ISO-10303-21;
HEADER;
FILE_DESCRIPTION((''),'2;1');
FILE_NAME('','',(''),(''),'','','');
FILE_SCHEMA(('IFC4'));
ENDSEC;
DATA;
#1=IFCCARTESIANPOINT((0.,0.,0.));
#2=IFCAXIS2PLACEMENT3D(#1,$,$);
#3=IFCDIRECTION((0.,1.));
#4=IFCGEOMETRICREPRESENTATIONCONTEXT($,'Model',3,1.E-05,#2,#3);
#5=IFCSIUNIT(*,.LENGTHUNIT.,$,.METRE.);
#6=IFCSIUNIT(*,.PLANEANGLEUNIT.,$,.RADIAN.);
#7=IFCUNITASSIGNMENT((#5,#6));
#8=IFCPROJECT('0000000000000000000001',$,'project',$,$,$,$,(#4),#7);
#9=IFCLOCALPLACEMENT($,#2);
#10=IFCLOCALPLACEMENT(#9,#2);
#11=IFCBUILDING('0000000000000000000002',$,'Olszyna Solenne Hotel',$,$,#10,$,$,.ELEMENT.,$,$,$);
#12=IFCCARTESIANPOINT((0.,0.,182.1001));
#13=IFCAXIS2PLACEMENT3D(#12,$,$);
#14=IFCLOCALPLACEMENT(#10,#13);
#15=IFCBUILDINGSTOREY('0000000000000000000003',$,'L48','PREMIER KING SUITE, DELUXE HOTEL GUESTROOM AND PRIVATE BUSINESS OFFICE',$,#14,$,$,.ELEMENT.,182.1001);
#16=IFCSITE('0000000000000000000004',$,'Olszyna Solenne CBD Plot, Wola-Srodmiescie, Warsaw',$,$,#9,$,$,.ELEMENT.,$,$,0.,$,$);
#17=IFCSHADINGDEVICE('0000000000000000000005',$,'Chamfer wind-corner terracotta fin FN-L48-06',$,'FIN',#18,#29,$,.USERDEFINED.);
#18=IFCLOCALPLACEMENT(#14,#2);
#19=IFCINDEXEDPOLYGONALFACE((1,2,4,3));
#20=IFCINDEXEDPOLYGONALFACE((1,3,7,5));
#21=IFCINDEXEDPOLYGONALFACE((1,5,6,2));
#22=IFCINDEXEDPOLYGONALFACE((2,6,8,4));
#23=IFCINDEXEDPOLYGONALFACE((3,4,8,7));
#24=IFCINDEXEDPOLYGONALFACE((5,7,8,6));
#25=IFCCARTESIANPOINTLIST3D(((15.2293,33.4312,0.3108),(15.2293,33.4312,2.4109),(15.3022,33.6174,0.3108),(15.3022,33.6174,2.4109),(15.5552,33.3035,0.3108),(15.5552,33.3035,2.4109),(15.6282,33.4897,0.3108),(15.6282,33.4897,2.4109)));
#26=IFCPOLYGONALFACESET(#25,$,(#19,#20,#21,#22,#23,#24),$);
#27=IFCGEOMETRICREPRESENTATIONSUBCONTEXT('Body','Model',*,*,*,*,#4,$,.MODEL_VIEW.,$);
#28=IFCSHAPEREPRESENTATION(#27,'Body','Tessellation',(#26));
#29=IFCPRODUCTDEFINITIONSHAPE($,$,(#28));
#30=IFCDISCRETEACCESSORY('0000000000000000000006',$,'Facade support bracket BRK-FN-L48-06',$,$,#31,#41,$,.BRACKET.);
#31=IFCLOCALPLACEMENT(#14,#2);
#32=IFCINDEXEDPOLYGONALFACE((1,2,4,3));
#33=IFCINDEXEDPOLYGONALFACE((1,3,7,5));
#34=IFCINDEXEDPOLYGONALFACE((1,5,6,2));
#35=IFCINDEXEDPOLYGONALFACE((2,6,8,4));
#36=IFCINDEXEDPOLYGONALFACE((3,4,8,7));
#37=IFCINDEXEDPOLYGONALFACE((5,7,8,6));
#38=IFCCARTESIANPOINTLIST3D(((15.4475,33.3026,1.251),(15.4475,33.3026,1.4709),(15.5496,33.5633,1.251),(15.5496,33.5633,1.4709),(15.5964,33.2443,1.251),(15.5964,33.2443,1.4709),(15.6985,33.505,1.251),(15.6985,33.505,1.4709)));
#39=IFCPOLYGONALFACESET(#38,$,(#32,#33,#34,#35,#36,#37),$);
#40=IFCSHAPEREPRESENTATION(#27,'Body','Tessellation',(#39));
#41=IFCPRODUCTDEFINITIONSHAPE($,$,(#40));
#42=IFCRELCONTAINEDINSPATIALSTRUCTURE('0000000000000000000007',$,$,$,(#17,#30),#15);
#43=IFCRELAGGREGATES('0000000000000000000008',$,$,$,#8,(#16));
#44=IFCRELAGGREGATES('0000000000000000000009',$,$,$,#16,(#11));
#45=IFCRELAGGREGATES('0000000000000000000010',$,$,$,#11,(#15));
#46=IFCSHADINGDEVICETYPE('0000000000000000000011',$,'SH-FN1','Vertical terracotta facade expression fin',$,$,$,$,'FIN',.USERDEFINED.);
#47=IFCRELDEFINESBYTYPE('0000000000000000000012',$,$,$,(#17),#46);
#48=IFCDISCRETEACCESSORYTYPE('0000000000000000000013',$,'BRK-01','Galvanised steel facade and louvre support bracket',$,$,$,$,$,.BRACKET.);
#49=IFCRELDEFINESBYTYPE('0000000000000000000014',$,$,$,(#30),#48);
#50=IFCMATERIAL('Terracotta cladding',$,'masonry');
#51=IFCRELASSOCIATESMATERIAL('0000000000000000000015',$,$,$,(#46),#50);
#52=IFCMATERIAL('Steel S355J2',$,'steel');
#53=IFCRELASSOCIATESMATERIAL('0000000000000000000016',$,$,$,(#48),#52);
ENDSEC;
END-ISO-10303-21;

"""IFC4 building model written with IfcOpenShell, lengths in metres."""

from ifc_helpers import new_model, si_unit, direction, frame, origin, origin_2d, place, context, subcontext, project, spatial, rectangle, extrude, source, transform, mapped, material, type_object, element, save


model = new_model("IFC4")

# Units and contexts
model_context = context("Model", 3, precision=1e-05, world=origin(), true_north=direction((0.0, 1.0)))
body_context = subcontext(model_context, "Body", "Model", "MODEL_VIEW")
ifc_project = project(units=[si_unit("LENGTHUNIT", "METRE"), si_unit("PLANEANGLEUNIT", "RADIAN")], contexts=[model_context])

# Site, building, storey
site_placement = place(None, origin())
site = spatial("IfcSite", under=ifc_project, at=site_placement, Name="Olszyna Solenne CBD Plot, Wola-Srodmiescie, Warsaw", CompositionType="ELEMENT", RefElevation=0.0)
building_placement = place(site_placement, origin())
building = spatial("IfcBuilding", under=site, at=building_placement, Name="Olszyna Solenne Hotel", CompositionType="ELEMENT")
storey_placement = place(building_placement, frame((0.0, 0.0, 182.1001)))
storey = spatial("IfcBuildingStorey", under=building, at=storey_placement, Name="L48", Description="PREMIER KING SUITE, DELUXE HOTEL GUESTROOM AND PRIVATE BUSINESS OFFICE", CompositionType="ELEMENT", Elevation=182.1001)

# Shared definitions
ifc_material_1 = material(Name="Steel S355J2", Category="steel")

# Shading device
ifc_material_2 = material(Name="Terracotta cladding", Category="masonry")
shading_device_type = type_object("IfcShadingDeviceType", Name="SH-FN1", Description="Vertical terracotta facade expression fin", ElementType="FIN", PredefinedType="USERDEFINED", material=ifc_material_2)
shared_shape_1 = source(origin(), body_context, "Body", "SweptSolid", [
    extrude(rectangle(XDim=0.2, YDim=0.3501, at=origin_2d()), origin(), (0.0, 0.0, 1.0), 2.1001),
])
shading_device_placement = place(storey_placement, frame((15.4287, 33.4604, 0.3108), z_axis=(0.0, 0.0, 1.0), x_axis=(0.364877, 0.931056, 0.0)))
element("IfcShadingDevice", 1, at=shading_device_placement, inside=storey, type_object=shading_device_type, Name="Chamfer wind-corner terracotta fin FN-L48-06", ObjectType="FIN", PredefinedType="USERDEFINED", context=body_context, shape_type="MappedRepresentation", body=[
    mapped(shared_shape_1, transform((0.0, 0.0, 0.0), x_axis=(1.0, 0.0, 0.0), y_axis=(0.0, 1.0, 0.0), z_axis=(0.0, 0.0, 1.0), scale=1.0)),
])

# Discrete accessory
discrete_accessory_type = type_object("IfcDiscreteAccessoryType", Name="BRK-01", Description="Galvanised steel facade and louvre support bracket", PredefinedType="BRACKET", material=ifc_material_1)
shared_shape_2 = source(origin(), body_context, "Body", "SweptSolid", [
    extrude(rectangle(XDim=0.28, YDim=0.1599, at=origin_2d()), origin(), (0.0, 0.0, 1.0), 0.22),
])
discrete_accessory_placement = place(storey_placement, frame((15.573, 33.4038, 1.251), z_axis=(0.0, 0.0, 1.0), x_axis=(0.364877, 0.931056, 0.0)))
element("IfcDiscreteAccessory", 2, at=discrete_accessory_placement, inside=storey, type_object=discrete_accessory_type, Name="Facade support bracket BRK-FN-L48-06", PredefinedType="BRACKET", context=body_context, shape_type="MappedRepresentation", body=[
    mapped(shared_shape_2, transform((0.0, 0.0, 0.0), x_axis=(1.0, 0.0, 0.0), y_axis=(0.0, 1.0, 0.0), z_axis=(0.0, 0.0, 1.0), scale=1.0)),
])

save(model, "model.ifc")
